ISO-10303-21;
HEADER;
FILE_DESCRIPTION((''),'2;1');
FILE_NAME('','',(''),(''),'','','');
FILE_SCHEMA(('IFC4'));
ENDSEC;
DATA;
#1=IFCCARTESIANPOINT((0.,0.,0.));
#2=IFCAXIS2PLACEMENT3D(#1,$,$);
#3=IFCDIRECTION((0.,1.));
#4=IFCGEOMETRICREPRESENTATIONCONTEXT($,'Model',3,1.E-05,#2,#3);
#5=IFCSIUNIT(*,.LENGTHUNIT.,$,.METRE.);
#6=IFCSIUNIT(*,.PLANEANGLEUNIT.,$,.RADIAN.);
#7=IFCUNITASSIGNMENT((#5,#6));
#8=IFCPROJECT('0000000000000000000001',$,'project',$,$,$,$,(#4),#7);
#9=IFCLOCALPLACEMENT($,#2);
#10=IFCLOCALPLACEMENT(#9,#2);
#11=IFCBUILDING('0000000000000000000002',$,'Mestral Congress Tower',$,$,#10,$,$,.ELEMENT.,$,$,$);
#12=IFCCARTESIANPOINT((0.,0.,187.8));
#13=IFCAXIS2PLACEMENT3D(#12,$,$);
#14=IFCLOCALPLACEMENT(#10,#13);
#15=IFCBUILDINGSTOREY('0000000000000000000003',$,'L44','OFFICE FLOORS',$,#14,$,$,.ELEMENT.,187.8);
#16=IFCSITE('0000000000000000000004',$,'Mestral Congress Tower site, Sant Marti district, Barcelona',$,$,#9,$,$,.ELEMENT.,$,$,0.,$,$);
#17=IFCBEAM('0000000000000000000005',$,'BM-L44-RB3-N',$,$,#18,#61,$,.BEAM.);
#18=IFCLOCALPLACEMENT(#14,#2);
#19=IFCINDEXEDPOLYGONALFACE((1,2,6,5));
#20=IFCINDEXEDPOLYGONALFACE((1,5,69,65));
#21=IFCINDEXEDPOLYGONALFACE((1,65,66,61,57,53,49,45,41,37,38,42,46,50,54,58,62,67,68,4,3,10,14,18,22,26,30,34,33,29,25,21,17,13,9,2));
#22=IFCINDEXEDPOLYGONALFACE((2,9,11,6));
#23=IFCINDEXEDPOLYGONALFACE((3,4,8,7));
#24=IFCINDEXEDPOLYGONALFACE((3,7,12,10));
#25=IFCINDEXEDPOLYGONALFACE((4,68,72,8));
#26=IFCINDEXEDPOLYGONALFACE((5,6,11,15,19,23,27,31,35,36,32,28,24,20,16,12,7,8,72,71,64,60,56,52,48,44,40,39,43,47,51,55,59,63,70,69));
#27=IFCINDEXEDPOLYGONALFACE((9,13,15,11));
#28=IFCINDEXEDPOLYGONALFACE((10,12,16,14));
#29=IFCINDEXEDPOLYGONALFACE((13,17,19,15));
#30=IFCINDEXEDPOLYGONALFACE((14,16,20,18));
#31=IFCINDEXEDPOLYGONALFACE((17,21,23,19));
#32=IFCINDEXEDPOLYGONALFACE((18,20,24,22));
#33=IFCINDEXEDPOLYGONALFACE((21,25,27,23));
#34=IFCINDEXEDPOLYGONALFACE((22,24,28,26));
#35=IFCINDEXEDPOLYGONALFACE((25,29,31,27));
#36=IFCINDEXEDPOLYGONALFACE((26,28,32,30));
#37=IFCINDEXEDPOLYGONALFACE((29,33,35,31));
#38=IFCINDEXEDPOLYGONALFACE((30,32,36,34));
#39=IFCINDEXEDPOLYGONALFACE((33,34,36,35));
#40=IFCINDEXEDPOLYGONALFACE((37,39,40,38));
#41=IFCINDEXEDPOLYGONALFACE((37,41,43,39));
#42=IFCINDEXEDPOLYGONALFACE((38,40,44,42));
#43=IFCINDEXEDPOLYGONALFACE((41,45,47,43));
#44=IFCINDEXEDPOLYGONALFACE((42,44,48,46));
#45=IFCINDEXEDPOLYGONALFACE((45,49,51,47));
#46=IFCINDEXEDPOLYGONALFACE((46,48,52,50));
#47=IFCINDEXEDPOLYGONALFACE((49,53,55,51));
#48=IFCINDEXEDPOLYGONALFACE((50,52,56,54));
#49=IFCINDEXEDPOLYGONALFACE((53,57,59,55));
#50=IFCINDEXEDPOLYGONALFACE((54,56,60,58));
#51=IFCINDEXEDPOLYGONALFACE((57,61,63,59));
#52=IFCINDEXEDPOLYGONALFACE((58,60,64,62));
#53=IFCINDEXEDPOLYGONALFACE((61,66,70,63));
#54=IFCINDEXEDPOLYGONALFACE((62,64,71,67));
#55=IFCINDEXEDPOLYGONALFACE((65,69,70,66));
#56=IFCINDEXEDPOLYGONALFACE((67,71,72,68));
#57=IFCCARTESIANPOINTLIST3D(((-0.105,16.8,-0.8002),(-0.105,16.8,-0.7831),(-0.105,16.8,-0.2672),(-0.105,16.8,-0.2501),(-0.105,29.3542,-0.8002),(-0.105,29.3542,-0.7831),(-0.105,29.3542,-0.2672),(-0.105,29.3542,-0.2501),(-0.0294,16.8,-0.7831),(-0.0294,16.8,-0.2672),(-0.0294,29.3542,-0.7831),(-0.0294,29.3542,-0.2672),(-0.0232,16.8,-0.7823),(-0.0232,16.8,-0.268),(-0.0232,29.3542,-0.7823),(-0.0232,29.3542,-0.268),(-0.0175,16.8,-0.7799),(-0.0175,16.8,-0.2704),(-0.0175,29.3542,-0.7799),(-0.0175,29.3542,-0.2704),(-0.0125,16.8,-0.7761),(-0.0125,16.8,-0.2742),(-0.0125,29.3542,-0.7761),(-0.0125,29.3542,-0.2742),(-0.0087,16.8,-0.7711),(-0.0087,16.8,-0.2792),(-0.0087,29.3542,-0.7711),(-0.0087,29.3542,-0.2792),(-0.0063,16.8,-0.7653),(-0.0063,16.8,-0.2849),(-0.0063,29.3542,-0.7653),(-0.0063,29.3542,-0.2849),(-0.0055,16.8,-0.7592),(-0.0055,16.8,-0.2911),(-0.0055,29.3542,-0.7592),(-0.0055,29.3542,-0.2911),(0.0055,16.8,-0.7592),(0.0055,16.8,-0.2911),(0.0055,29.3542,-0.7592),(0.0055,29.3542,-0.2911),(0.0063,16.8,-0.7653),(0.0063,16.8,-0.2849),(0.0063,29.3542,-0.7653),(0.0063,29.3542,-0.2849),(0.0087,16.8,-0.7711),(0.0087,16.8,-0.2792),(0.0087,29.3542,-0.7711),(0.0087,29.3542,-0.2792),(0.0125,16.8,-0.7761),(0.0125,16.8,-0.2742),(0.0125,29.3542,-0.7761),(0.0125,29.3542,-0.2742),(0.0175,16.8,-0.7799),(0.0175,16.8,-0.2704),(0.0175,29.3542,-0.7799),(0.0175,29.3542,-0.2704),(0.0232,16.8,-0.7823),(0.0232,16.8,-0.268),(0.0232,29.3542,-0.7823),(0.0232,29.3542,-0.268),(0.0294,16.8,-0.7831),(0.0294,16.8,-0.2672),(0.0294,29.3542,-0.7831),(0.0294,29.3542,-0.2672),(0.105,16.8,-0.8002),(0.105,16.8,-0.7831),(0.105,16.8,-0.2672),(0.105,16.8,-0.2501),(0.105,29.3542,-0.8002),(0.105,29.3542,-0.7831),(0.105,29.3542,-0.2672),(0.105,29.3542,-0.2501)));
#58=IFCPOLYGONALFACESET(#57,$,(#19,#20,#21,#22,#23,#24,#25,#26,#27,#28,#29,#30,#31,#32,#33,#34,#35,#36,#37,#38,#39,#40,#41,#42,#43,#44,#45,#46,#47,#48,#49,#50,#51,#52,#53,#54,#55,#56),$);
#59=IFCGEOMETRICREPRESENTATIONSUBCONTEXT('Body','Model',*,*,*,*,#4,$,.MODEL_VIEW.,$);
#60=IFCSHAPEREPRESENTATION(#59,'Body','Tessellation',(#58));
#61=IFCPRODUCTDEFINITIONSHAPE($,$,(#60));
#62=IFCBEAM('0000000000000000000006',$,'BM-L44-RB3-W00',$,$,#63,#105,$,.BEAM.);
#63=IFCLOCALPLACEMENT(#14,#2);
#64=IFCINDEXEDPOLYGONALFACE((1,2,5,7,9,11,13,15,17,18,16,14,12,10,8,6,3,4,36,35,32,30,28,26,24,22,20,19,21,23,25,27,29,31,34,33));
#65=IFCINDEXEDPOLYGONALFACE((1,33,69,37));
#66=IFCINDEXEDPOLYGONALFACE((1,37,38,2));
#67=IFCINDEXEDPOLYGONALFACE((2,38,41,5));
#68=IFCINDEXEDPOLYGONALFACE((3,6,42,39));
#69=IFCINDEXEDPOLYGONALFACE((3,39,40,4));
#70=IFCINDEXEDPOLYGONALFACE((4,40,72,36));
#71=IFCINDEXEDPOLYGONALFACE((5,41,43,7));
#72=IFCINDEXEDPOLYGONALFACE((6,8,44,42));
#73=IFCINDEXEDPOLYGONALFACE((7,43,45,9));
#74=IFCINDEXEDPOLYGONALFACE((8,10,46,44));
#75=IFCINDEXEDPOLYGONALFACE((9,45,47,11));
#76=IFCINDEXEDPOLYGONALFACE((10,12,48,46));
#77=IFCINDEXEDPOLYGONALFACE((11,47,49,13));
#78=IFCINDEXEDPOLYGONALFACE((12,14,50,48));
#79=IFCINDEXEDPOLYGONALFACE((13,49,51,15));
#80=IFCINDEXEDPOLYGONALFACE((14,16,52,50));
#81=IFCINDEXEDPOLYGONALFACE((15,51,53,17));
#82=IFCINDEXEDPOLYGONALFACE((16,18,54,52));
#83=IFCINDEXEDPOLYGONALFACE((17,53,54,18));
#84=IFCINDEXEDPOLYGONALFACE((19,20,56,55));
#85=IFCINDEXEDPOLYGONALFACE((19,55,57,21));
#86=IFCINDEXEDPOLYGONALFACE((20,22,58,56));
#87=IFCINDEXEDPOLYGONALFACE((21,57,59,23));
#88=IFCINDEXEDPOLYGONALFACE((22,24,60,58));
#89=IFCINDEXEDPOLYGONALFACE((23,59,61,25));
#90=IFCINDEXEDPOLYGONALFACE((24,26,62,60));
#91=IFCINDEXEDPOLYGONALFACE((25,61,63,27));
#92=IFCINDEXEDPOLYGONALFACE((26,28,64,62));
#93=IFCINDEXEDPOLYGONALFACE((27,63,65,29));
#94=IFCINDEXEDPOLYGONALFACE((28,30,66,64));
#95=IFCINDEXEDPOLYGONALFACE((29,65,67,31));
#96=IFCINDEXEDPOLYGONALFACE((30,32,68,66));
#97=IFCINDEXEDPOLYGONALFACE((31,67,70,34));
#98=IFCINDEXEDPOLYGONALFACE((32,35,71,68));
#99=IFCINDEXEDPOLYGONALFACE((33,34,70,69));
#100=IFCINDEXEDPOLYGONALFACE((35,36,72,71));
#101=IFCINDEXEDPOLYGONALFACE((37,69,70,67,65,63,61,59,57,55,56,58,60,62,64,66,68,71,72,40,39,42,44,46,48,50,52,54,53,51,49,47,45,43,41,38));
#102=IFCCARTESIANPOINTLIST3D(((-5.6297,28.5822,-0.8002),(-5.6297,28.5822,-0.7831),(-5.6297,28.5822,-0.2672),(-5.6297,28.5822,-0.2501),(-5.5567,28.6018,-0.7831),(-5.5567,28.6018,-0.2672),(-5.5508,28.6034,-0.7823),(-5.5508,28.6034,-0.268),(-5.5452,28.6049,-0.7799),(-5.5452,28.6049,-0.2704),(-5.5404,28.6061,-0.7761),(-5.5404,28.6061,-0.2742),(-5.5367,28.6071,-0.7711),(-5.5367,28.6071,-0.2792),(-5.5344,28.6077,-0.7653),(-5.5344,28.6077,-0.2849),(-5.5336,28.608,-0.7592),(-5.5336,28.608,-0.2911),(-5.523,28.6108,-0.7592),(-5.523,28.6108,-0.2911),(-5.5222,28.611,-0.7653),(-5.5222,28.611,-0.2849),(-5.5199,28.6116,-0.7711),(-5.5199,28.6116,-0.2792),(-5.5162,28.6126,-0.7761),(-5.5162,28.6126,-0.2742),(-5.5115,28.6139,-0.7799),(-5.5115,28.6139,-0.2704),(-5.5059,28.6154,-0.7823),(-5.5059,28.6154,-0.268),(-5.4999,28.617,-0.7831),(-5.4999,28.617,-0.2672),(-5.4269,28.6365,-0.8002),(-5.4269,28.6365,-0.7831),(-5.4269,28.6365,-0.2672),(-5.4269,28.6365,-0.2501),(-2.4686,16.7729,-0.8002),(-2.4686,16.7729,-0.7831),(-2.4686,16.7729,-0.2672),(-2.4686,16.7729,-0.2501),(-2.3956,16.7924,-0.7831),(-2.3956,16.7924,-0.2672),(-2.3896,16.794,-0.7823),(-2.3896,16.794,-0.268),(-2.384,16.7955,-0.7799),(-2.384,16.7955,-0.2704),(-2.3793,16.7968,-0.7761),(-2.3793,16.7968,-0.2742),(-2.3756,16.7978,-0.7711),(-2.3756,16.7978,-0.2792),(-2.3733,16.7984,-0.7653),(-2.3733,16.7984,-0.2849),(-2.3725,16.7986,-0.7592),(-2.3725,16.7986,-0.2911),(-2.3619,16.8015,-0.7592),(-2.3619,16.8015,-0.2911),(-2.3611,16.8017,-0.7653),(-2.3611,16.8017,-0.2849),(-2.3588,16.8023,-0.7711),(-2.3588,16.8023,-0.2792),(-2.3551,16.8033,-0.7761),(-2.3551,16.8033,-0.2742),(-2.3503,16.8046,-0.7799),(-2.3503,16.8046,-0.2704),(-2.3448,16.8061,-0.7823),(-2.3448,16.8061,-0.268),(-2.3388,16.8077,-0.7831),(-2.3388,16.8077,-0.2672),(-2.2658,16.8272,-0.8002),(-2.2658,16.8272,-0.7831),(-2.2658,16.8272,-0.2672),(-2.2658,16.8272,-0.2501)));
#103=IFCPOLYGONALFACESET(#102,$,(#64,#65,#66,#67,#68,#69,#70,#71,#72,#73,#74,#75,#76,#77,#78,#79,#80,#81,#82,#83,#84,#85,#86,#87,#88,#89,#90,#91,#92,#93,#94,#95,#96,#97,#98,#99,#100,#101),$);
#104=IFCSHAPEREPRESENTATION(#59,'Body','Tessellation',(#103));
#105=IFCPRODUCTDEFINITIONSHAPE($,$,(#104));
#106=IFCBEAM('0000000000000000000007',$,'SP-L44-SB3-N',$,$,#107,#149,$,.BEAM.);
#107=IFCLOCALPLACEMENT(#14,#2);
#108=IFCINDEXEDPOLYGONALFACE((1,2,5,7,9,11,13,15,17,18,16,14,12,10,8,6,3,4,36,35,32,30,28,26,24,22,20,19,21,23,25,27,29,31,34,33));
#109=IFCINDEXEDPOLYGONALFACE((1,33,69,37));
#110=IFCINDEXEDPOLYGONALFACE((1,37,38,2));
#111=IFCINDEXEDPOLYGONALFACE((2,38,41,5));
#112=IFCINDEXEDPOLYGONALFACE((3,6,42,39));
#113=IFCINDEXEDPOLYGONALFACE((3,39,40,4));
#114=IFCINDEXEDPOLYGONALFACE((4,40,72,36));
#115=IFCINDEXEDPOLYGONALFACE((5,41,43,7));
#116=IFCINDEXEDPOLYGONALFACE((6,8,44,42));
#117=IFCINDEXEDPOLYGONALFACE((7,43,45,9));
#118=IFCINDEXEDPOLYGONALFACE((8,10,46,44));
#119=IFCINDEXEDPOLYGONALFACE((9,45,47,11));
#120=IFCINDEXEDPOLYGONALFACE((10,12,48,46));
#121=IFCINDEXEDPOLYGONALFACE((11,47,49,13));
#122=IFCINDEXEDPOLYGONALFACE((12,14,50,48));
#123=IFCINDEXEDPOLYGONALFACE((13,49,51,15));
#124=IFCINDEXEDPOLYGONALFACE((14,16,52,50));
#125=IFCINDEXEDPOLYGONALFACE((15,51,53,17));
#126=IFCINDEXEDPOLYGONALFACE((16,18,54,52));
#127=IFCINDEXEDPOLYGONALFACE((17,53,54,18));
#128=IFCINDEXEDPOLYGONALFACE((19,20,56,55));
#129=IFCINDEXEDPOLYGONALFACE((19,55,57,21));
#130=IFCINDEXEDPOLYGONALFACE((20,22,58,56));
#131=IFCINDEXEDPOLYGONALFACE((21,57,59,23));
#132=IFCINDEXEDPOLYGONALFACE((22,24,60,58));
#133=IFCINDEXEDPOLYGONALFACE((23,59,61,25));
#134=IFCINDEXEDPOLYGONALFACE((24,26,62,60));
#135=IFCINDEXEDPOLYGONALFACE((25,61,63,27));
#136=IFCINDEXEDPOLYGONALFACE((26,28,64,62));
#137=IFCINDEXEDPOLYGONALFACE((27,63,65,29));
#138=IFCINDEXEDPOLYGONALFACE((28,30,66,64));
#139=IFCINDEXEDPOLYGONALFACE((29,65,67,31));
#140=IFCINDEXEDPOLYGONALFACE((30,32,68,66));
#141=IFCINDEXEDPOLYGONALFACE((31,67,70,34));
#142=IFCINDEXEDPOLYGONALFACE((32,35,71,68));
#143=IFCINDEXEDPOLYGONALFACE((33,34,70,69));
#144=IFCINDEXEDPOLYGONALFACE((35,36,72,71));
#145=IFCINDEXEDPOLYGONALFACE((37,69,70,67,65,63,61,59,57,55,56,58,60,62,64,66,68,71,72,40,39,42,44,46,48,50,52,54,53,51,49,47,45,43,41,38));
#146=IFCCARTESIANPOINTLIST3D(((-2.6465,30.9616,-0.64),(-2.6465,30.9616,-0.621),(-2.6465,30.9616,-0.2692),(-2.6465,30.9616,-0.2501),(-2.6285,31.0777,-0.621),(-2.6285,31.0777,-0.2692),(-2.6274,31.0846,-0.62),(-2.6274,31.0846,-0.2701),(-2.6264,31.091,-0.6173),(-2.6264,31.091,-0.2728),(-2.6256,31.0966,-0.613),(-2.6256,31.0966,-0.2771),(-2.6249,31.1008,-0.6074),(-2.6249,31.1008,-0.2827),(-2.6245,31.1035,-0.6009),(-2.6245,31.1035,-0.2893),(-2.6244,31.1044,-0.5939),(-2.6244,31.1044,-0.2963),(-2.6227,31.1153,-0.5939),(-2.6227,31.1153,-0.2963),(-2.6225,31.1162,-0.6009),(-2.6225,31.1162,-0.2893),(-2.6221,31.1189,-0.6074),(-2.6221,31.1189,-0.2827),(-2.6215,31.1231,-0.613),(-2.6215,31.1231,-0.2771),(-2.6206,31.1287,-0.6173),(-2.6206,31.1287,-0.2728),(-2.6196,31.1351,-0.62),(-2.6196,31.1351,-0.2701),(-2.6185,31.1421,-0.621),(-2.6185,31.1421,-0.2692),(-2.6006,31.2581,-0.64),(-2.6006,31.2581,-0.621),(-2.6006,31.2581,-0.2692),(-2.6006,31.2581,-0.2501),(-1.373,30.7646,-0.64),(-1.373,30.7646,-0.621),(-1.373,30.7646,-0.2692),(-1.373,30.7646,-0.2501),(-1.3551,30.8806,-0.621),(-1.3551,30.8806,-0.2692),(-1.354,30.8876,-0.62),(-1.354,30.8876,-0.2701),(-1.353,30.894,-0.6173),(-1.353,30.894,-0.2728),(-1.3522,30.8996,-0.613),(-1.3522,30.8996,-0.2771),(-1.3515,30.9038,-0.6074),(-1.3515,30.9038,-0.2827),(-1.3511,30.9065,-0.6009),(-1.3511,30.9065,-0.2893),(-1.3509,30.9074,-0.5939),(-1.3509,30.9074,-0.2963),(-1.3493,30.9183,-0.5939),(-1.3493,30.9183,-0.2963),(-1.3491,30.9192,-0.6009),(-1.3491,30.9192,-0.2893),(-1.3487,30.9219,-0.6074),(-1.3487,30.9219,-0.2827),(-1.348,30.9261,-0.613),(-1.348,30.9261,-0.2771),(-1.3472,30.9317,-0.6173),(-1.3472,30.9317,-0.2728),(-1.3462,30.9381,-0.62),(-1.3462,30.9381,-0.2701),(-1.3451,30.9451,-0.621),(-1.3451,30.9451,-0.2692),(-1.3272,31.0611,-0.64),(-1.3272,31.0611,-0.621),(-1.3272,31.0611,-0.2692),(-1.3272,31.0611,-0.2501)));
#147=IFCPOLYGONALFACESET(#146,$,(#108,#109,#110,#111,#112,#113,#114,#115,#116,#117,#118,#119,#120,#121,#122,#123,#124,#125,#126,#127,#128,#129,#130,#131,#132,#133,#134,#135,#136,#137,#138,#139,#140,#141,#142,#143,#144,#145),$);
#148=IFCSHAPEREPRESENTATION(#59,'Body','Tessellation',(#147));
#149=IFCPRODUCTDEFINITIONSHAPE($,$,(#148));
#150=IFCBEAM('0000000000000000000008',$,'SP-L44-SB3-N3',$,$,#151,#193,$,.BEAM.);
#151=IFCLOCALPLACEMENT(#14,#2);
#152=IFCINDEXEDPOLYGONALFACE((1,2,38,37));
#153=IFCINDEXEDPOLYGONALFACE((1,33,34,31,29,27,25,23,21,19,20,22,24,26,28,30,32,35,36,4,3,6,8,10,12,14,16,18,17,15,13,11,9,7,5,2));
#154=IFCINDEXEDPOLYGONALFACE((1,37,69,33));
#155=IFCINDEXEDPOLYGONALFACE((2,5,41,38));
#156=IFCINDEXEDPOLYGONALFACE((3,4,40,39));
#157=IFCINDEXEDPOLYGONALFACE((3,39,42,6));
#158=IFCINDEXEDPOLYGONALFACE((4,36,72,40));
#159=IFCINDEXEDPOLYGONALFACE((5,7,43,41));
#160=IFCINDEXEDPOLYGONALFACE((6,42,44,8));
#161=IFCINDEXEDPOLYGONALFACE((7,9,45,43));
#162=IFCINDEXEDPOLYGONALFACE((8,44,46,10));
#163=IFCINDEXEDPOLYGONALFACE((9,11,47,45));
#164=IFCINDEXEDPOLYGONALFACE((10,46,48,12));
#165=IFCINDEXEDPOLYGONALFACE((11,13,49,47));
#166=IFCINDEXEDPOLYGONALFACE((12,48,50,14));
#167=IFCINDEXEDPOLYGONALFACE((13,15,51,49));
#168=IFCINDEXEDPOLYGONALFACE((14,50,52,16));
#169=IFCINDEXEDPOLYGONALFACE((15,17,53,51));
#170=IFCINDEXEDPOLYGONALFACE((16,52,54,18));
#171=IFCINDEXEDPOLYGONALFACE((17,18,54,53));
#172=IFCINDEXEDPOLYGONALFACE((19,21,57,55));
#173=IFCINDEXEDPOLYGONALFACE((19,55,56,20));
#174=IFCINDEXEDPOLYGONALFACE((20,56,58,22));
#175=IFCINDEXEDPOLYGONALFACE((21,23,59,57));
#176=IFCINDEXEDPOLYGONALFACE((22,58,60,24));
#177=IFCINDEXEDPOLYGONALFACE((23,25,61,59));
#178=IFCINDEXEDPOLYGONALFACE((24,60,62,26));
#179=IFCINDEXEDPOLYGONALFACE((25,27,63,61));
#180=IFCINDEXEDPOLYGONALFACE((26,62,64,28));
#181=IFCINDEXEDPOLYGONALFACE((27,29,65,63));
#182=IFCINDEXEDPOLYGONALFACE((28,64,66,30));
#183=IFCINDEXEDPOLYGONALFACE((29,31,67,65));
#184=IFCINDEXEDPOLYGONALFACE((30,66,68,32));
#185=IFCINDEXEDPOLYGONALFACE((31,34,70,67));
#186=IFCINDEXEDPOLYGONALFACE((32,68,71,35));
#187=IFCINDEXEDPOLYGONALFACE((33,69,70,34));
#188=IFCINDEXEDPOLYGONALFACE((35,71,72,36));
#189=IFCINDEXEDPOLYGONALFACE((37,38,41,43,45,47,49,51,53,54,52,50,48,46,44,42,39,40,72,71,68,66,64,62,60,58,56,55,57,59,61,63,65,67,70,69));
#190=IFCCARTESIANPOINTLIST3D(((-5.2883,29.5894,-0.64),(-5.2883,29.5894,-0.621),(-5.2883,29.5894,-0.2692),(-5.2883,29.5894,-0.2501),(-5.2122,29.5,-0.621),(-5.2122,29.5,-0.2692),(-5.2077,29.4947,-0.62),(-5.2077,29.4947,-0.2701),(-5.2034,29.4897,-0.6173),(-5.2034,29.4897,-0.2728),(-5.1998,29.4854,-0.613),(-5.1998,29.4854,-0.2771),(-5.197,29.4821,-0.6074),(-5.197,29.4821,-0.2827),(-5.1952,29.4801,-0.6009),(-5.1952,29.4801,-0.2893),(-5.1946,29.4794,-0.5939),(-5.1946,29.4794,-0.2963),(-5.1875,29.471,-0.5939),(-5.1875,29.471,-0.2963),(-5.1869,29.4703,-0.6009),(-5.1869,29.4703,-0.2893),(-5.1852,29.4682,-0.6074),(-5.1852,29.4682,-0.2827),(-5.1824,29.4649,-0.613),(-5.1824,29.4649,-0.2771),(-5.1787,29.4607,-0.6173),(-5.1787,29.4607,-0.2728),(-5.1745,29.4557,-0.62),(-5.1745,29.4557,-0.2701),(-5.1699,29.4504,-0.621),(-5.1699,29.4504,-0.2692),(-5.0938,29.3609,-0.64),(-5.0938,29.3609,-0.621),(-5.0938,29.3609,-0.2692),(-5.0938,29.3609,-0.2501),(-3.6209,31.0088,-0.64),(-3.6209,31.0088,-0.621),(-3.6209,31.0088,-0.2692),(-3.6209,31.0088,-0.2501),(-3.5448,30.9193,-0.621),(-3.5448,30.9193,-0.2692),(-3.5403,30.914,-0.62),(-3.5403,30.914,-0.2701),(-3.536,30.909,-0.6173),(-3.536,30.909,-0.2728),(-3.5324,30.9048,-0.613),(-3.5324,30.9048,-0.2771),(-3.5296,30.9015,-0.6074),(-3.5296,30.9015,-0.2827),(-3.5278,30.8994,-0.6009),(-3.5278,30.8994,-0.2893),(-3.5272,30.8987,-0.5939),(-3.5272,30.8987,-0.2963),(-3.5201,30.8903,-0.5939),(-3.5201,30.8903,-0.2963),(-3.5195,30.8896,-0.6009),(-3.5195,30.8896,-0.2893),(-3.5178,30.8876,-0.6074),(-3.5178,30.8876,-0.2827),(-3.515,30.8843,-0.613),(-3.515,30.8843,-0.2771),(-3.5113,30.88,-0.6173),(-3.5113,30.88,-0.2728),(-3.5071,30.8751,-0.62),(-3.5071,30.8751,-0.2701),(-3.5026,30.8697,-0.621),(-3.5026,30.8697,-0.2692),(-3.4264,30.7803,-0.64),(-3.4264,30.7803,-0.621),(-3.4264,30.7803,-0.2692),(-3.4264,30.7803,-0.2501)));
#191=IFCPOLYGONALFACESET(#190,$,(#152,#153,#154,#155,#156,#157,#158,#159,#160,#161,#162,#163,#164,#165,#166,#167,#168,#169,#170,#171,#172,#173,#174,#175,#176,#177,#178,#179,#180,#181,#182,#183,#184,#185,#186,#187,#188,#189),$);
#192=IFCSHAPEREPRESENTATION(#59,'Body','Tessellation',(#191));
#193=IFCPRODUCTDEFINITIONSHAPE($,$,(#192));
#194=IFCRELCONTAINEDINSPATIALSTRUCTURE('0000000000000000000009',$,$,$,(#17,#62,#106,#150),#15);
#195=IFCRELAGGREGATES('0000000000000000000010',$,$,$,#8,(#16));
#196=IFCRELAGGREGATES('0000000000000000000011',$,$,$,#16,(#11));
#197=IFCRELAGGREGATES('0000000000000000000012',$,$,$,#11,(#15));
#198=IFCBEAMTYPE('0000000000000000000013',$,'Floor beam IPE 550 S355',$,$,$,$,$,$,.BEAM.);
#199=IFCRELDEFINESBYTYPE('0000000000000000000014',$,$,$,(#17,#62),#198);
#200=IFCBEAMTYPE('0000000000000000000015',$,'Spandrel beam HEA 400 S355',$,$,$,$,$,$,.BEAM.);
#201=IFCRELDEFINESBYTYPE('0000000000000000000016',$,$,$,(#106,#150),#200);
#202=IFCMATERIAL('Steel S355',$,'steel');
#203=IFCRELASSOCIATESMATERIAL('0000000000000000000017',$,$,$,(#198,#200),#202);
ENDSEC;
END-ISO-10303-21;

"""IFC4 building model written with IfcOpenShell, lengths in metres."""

from ifc_helpers import new_model, si_unit, direction, frame, origin, origin_2d, place, context, subcontext, project, spatial, i_section, extrude, material, material_profile, profile_set, type_object, element, save


model = new_model("IFC4")

# Units and contexts
model_context = context("Model", 3, precision=1e-05, world=origin(), true_north=direction((0.0, 1.0)))
body_context = subcontext(model_context, "Body", "Model", "MODEL_VIEW")
ifc_project = project(units=[si_unit("LENGTHUNIT", "METRE"), si_unit("PLANEANGLEUNIT", "RADIAN")], contexts=[model_context])

# Site, building, storey
site_placement = place(None, origin())
site = spatial("IfcSite", under=ifc_project, at=site_placement, Name="Mestral Congress Tower site, Sant Marti district, Barcelona", CompositionType="ELEMENT", RefElevation=0.0)
building_placement = place(site_placement, origin())
building = spatial("IfcBuilding", under=site, at=building_placement, Name="Mestral Congress Tower", CompositionType="ELEMENT")
storey_placement = place(building_placement, frame((0.0, 0.0, 187.8)))
storey = spatial("IfcBuildingStorey", under=building, at=storey_placement, Name="L44", Description="OFFICE FLOORS", CompositionType="ELEMENT", Elevation=187.8)

# Beams
ifc_material_1 = material(Name="Steel S355", Category="steel")
ifc_material_profile_1 = material_profile(ifc_material_1, i_section(OverallWidth=0.21, OverallDepth=0.55, WebThickness=0.011, FlangeThickness=0.0171, FilletRadius=0.0239, at=origin_2d()), Name="IPE 550")
ifc_profile_set_1 = profile_set([ifc_material_profile_1], Name="Steel S355")
beam_type_1 = type_object("IfcBeamType", Name="Floor beam IPE 550 S355", PredefinedType="BEAM", material=ifc_profile_set_1)
beam_1_placement = place(storey_placement, frame((0.0, 29.3542, -0.5251), z_axis=(0.0, -1.0, 0.0), x_axis=(1.0, 0.0, 0.0)))
element("IfcBeam", 1, at=beam_1_placement, inside=storey, type_object=beam_type_1, Name="BM-L44-RB3-N", PredefinedType="BEAM", context=body_context, shape_type="SweptSolid", body=[
    extrude(i_section(OverallWidth=0.21, OverallDepth=0.55, WebThickness=0.011, FlangeThickness=0.0171, FilletRadius=0.0239, at=origin_2d()), origin(), (0.0, 0.0, 1.0), 12.5542),
])
beam_2_placement = place(storey_placement, frame((-5.5283, 28.6094, -0.5251), z_axis=(0.258577, -0.965991, 0.0), x_axis=(0.965991, 0.258577, 0.0)))
element("IfcBeam", 2, at=beam_2_placement, inside=storey, type_object=beam_type_1, Name="BM-L44-RB3-W00", PredefinedType="BEAM", context=body_context, shape_type="SweptSolid", body=[
    extrude(i_section(OverallWidth=0.21, OverallDepth=0.55, WebThickness=0.011, FlangeThickness=0.0171, FilletRadius=0.0239, at=origin_2d()), origin(), (0.0, 0.0, 1.0), 12.2251),
])
ifc_material_profile_2 = material_profile(ifc_material_1, i_section(OverallWidth=0.3, OverallDepth=0.3899, WebThickness=0.011, FlangeThickness=0.019, FilletRadius=0.0271, at=origin_2d()), Name="HEA 400")
ifc_profile_set_2 = profile_set([ifc_material_profile_2], Name="Steel S355")
beam_type_2 = type_object("IfcBeamType", Name="Spandrel beam HEA 400 S355", PredefinedType="BEAM", material=ifc_profile_set_2)
beam_3_placement = place(storey_placement, frame((-1.3501, 30.9128, -0.4451), z_axis=(-0.988242, 0.152897, 0.0), x_axis=(-0.152897, -0.988242, 0.0)))
element("IfcBeam", 3, at=beam_3_placement, inside=storey, type_object=beam_type_2, Name="SP-L44-SB3-N", PredefinedType="BEAM", context=body_context, shape_type="SweptSolid", body=[
    extrude(i_section(OverallWidth=0.3, OverallDepth=0.3899, WebThickness=0.011, FlangeThickness=0.019, FilletRadius=0.0271, at=origin_2d()), origin(), (0.0, 0.0, 1.0), 1.2886),
])
beam_4_placement = place(storey_placement, frame((-3.5237, 30.8945, -0.4451), z_axis=(-0.761471, -0.648198, 0.0), x_axis=(0.648198, -0.761471, 0.0)))
element("IfcBeam", 4, at=beam_4_placement, inside=storey, type_object=beam_type_2, Name="SP-L44-SB3-N3", PredefinedType="BEAM", context=body_context, shape_type="SweptSolid", body=[
    extrude(i_section(OverallWidth=0.3, OverallDepth=0.3899, WebThickness=0.011, FlangeThickness=0.019, FilletRadius=0.0271, at=origin_2d()), origin(), (0.0, 0.0, 1.0), 2.1897),
])

save(model, "model.ifc")
